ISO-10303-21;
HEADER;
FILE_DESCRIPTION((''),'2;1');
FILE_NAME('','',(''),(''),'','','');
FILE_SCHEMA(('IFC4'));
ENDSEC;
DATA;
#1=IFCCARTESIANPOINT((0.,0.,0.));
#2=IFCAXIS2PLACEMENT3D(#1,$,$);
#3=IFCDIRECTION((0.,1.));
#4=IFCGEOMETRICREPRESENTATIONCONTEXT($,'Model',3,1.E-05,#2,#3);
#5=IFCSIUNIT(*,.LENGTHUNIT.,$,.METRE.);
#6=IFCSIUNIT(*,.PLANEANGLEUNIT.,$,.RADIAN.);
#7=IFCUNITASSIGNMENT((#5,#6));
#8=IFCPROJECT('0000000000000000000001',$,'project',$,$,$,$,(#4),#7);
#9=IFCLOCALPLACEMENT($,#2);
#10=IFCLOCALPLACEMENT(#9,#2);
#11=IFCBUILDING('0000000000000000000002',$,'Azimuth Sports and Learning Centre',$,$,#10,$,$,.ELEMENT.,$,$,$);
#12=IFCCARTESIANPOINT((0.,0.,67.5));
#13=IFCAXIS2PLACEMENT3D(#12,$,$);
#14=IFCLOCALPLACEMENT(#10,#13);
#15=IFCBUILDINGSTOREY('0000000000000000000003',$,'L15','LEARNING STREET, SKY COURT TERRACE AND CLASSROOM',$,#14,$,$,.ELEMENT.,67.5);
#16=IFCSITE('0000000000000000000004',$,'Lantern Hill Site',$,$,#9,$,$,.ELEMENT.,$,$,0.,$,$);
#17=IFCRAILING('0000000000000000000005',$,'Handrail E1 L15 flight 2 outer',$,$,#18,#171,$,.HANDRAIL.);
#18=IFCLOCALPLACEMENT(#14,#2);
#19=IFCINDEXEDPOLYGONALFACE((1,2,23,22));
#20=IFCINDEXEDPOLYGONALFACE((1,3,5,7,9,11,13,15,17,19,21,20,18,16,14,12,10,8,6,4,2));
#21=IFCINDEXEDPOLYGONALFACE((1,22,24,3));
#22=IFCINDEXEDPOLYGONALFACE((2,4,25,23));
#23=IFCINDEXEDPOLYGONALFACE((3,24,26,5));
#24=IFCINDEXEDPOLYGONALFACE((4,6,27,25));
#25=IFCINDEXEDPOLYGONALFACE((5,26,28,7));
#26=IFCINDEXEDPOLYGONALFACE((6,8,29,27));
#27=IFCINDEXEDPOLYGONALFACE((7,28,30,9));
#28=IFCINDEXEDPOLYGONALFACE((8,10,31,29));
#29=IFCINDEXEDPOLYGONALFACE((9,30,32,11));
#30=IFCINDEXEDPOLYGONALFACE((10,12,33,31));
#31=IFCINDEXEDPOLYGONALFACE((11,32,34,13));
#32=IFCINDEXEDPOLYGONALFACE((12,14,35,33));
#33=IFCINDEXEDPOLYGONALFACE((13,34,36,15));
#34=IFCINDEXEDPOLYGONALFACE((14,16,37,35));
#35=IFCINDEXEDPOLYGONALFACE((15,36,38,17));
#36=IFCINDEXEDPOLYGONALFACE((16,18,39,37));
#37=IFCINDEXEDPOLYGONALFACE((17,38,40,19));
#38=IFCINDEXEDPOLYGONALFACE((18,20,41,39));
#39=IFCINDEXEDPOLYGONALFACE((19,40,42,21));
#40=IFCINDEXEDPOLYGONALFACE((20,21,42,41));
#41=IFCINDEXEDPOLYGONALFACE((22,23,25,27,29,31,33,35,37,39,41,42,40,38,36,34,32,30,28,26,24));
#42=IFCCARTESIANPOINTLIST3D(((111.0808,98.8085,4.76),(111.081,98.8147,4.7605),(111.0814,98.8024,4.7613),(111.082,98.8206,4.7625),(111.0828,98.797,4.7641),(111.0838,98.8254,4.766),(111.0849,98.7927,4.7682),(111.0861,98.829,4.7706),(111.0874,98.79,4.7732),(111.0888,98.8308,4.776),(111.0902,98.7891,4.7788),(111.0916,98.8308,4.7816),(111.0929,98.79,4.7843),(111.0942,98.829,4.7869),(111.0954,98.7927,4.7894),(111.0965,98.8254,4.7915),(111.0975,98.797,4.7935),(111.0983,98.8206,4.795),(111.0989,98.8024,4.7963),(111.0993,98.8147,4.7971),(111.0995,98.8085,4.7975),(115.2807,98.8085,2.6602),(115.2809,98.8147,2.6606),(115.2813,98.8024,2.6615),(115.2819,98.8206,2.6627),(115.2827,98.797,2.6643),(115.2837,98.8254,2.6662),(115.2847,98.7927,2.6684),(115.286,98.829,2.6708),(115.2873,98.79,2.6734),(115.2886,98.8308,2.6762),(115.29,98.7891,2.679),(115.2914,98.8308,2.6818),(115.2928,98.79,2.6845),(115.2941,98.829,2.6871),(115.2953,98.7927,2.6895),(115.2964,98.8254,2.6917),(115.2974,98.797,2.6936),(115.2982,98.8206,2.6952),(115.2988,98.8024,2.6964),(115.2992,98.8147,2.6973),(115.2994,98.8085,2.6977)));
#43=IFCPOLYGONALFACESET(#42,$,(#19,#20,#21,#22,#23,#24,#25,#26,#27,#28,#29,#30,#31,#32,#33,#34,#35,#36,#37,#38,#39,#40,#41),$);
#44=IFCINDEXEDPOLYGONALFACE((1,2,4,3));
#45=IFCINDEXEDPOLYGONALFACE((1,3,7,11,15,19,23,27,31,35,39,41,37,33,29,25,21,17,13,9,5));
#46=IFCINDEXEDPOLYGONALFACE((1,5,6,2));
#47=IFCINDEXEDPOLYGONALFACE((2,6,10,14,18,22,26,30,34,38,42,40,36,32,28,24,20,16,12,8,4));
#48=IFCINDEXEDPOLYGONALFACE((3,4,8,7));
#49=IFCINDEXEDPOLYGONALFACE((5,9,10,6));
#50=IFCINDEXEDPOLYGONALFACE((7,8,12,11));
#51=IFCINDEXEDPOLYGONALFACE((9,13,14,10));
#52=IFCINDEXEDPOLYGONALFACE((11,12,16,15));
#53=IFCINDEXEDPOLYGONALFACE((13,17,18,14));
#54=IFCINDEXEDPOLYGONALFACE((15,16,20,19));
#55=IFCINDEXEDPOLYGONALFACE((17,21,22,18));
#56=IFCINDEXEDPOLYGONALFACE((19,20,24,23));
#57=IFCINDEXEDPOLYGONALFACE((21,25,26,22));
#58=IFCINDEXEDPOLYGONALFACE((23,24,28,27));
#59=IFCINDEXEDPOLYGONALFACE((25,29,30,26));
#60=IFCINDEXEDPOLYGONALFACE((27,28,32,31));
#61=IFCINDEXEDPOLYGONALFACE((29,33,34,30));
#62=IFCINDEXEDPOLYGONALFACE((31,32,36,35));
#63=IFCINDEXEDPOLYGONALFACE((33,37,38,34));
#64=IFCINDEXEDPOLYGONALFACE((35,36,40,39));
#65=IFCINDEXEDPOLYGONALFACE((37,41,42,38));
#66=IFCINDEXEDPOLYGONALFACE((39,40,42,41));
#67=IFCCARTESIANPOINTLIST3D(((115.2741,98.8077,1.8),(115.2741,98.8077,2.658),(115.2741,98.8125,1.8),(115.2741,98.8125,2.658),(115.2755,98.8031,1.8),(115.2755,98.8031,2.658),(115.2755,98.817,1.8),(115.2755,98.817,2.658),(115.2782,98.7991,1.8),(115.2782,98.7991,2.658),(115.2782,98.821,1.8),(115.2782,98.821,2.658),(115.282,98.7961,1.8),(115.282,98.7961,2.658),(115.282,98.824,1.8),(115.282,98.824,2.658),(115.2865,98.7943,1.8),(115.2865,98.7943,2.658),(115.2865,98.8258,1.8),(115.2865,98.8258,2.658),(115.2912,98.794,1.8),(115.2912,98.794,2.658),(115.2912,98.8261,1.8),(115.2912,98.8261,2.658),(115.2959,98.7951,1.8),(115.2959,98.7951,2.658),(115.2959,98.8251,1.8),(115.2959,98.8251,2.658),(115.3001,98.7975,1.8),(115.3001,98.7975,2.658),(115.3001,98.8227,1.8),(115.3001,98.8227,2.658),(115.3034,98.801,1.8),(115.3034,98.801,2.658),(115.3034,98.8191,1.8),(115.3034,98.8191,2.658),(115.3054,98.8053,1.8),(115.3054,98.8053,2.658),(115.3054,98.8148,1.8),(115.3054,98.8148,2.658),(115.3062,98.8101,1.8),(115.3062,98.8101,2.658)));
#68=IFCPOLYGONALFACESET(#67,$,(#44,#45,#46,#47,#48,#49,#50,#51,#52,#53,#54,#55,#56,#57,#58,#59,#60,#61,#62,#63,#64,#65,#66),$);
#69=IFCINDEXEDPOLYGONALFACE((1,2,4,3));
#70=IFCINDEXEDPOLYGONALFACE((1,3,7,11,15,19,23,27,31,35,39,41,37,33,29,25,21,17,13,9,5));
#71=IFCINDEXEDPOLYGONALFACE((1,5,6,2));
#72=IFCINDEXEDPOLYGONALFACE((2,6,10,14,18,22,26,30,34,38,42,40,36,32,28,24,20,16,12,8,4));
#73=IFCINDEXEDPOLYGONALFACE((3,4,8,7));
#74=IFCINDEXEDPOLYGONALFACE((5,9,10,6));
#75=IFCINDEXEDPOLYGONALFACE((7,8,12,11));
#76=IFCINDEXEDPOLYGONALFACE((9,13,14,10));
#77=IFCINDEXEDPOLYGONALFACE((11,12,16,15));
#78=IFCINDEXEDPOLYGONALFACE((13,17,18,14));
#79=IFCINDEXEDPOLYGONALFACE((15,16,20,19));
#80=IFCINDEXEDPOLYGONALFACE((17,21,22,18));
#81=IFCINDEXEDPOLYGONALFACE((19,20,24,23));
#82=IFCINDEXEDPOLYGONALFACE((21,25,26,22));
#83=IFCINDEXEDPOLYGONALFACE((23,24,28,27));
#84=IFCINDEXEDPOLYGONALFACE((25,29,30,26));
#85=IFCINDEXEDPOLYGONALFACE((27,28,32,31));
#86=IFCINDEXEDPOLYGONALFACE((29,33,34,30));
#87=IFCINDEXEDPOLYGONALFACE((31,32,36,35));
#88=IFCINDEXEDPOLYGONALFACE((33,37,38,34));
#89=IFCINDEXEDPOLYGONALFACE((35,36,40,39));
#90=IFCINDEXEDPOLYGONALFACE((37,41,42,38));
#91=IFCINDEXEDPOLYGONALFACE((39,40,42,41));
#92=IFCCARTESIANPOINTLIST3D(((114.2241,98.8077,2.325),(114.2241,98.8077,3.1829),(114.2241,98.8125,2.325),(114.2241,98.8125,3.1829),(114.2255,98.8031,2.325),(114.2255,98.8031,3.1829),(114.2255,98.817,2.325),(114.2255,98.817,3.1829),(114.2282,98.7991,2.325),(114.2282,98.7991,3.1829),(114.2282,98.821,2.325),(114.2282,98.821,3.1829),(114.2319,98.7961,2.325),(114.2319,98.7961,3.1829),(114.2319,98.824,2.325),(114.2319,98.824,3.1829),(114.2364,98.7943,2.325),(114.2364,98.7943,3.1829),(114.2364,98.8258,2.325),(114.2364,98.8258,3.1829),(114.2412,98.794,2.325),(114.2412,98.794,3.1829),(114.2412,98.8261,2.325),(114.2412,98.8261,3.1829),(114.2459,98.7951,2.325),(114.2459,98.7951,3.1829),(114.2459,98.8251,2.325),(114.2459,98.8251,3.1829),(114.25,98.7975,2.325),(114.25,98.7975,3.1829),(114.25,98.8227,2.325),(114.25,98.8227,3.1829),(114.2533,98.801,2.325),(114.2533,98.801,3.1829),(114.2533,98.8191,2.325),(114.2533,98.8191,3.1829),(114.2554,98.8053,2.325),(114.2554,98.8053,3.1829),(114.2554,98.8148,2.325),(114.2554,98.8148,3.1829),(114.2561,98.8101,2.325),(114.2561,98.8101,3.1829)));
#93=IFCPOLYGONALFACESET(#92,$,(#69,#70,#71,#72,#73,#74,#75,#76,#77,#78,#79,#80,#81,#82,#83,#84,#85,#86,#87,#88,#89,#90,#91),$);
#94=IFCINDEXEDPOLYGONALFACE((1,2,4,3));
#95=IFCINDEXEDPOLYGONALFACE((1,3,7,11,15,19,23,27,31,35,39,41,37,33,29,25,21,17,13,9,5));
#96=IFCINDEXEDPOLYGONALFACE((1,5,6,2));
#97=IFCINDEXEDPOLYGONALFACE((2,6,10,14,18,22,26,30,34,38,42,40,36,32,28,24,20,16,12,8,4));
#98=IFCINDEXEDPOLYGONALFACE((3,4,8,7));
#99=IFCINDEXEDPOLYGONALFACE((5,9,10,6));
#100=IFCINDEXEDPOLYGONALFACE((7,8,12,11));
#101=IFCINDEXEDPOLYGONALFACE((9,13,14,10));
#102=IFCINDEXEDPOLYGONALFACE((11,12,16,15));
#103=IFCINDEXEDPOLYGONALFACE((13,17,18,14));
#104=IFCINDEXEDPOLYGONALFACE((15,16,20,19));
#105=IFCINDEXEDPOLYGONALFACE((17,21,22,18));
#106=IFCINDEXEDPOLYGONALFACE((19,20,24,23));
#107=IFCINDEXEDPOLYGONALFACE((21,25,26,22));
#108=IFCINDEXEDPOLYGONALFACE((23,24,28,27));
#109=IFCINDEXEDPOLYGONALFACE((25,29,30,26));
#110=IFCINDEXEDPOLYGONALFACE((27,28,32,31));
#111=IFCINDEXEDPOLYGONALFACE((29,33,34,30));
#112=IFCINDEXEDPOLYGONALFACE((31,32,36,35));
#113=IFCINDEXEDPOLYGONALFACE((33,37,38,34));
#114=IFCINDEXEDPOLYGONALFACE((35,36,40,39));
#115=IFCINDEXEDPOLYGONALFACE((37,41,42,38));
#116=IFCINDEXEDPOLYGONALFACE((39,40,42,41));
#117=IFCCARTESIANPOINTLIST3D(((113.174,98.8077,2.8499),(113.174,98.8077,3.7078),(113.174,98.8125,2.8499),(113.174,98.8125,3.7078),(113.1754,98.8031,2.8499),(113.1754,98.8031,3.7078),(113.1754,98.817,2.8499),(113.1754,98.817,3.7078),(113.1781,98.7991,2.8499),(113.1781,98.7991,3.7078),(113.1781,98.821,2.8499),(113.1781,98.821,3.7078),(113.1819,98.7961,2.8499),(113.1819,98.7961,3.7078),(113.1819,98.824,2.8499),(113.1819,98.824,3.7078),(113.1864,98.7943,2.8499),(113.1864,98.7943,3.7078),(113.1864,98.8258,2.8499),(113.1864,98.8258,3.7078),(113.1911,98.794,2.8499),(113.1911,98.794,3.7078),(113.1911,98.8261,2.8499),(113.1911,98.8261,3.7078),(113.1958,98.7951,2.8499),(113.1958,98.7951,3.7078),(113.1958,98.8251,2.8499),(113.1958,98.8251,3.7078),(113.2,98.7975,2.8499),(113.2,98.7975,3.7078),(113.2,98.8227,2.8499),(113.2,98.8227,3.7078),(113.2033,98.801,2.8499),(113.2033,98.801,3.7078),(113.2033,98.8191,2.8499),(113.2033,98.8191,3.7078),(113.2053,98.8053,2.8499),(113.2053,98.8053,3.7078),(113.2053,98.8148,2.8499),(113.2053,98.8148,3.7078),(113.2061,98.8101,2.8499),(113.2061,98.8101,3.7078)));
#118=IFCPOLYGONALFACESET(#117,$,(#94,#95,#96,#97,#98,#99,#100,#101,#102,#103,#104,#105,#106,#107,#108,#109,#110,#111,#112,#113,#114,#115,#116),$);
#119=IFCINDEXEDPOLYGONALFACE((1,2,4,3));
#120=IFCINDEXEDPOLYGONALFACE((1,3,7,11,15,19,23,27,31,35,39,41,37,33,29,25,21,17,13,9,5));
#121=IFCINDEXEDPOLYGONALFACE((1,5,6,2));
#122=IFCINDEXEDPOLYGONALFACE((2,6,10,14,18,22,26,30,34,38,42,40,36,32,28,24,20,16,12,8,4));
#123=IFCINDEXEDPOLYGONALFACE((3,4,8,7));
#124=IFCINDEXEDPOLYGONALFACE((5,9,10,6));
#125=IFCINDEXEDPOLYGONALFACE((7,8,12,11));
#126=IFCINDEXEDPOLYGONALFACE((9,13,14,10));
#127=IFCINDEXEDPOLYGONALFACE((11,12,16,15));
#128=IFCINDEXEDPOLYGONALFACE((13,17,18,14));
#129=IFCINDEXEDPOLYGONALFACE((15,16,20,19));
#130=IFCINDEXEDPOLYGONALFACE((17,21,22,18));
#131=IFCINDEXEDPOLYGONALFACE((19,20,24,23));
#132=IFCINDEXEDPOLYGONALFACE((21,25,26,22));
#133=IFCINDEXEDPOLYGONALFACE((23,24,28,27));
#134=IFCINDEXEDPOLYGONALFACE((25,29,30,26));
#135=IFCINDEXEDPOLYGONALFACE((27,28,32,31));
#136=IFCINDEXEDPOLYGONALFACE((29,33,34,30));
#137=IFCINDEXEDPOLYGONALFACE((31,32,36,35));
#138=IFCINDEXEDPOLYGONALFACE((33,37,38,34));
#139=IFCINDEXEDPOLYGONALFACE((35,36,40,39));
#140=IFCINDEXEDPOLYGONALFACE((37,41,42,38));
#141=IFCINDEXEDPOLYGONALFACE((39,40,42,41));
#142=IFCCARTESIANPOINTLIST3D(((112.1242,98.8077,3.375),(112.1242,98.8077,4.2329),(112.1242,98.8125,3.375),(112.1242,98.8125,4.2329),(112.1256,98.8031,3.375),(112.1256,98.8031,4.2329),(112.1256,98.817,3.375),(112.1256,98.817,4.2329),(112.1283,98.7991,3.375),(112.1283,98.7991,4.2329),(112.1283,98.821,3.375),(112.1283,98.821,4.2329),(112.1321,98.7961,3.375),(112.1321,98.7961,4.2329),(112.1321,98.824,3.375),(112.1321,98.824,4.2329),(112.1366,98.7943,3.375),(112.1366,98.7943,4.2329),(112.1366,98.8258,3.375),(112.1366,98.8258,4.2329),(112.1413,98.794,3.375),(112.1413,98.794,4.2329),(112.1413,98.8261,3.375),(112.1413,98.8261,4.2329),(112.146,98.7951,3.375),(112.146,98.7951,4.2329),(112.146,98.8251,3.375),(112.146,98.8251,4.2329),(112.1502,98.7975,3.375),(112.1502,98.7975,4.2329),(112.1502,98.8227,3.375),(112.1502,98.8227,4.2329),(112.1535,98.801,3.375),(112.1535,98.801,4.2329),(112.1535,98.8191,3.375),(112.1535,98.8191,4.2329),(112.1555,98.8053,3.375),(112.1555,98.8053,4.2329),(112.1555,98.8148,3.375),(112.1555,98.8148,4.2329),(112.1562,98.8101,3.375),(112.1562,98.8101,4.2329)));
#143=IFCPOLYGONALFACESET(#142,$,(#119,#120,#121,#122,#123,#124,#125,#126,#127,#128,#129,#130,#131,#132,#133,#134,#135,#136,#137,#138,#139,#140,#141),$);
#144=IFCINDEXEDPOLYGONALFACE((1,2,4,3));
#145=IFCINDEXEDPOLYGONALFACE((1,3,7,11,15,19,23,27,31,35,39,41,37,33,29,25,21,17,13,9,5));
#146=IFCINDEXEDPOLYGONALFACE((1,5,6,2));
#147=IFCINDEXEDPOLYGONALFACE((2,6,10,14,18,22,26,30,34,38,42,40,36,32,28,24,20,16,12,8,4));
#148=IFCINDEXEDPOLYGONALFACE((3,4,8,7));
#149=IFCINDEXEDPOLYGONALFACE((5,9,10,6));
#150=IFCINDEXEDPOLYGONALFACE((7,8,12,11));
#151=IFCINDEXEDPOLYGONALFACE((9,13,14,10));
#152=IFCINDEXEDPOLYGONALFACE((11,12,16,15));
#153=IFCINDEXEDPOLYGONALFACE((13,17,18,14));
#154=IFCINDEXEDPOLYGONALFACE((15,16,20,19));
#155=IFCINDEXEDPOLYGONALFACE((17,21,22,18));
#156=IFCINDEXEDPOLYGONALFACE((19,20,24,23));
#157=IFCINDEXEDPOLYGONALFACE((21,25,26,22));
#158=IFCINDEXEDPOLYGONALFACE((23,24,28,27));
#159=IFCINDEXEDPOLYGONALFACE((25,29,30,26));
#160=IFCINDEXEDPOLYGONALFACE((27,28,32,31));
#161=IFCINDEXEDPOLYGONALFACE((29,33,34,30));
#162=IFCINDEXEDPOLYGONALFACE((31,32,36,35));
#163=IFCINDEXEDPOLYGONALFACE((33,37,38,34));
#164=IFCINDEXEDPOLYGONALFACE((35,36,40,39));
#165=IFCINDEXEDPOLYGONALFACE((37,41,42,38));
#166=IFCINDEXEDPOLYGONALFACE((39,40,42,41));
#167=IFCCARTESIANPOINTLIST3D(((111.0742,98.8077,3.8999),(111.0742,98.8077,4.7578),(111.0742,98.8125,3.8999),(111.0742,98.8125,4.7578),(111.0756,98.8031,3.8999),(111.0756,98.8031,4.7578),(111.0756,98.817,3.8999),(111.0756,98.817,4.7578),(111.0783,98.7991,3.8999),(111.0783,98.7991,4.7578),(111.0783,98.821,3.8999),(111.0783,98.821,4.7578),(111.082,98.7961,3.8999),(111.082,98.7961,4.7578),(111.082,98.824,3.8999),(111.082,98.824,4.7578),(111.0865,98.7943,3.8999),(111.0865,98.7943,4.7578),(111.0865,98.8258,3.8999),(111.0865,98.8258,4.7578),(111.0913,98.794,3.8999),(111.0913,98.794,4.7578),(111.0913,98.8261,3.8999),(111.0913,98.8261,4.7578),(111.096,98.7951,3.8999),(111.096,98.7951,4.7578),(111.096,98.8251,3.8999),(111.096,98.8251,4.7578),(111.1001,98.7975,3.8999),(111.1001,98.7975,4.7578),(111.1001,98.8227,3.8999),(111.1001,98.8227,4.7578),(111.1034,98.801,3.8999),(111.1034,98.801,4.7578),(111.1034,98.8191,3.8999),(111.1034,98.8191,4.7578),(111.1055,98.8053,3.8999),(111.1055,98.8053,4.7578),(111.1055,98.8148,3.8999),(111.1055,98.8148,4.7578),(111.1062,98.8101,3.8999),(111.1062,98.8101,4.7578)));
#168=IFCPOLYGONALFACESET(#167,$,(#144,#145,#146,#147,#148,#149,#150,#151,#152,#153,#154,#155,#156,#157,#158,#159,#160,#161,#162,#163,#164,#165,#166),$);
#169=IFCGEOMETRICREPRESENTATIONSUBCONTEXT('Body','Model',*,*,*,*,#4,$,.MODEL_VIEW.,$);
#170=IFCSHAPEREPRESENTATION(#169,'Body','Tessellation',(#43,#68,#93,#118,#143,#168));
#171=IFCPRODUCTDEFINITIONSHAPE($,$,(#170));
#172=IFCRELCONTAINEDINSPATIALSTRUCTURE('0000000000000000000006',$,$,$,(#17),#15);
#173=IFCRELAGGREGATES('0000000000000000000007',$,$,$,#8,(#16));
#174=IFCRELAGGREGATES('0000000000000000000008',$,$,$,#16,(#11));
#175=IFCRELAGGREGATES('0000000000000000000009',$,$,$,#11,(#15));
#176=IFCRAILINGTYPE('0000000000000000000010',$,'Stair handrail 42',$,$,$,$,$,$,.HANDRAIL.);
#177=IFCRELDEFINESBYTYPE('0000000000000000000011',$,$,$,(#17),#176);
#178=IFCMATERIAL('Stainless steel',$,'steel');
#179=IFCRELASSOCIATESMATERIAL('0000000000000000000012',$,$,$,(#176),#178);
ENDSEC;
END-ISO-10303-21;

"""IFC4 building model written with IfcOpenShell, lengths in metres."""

from ifc_helpers import new_model, si_unit, direction, frame, origin, origin_2d, place, context, subcontext, project, spatial, circle, extrude, material, type_object, element, save


model = new_model("IFC4")

# Units and contexts
model_context = context("Model", 3, precision=1e-05, world=origin(), true_north=direction((0.0, 1.0)))
body_context = subcontext(model_context, "Body", "Model", "MODEL_VIEW")
ifc_project = project(units=[si_unit("LENGTHUNIT", "METRE"), si_unit("PLANEANGLEUNIT", "RADIAN")], contexts=[model_context])

# Site, building, storey
site_placement = place(None, origin())
site = spatial("IfcSite", under=ifc_project, at=site_placement, Name="Lantern Hill Site", CompositionType="ELEMENT", RefElevation=0.0)
building_placement = place(site_placement, origin())
building = spatial("IfcBuilding", under=site, at=building_placement, Name="Azimuth Sports and Learning Centre", CompositionType="ELEMENT")
storey_placement = place(building_placement, frame((0.0, 0.0, 67.5)))
storey = spatial("IfcBuildingStorey", under=building, at=storey_placement, Name="L15", Description="LEARNING STREET, SKY COURT TERRACE AND CLASSROOM", CompositionType="ELEMENT", Elevation=67.5)

# Railing
ifc_material_1 = material(Name="Stainless steel", Category="steel")
railing_type_1 = type_object("IfcRailingType", Name="Stair handrail 42", PredefinedType="HANDRAIL", material=ifc_material_1)
for number, where, name in (
    (1, (115.29, 98.8101, 1.8), "Handrail E1 L15 flight 2 outer"),
):
    element("IfcRailing", number, at=place(storey_placement, frame(where)), inside=storey, type_object=railing_type_1, Name=name, PredefinedType="HANDRAIL", context=body_context, shape_type="SweptSolid", body=[
        extrude(circle(Radius=0.021, at=origin_2d()), frame((0.0, 0.0, 0.8789), z_axis=(-0.894438, 0.0, 0.447193), x_axis=(0.0, -1.0, 0.0)), (0.0, 0.0, 1.0), 4.6956),
        extrude(circle(Radius=0.0161, at=origin_2d()), origin(), (0.0, 0.0, 1.0), 0.8579),
        extrude(circle(Radius=0.0161, at=origin_2d()), frame((-1.05, 0.0, 0.5249)), (0.0, 0.0, 1.0), 0.8579),
        extrude(circle(Radius=0.0161, at=origin_2d()), frame((-2.1001, 0.0, 1.0498)), (0.0, 0.0, 1.0), 0.8579),
        extrude(circle(Radius=0.0161, at=origin_2d()), frame((-3.1499, 0.0, 1.575)), (0.0, 0.0, 1.0), 0.8579),
        extrude(circle(Radius=0.0161, at=origin_2d()), frame((-4.2, 0.0, 2.0999)), (0.0, 0.0, 1.0), 0.8579),
    ])

save(model, "model.ifc")
